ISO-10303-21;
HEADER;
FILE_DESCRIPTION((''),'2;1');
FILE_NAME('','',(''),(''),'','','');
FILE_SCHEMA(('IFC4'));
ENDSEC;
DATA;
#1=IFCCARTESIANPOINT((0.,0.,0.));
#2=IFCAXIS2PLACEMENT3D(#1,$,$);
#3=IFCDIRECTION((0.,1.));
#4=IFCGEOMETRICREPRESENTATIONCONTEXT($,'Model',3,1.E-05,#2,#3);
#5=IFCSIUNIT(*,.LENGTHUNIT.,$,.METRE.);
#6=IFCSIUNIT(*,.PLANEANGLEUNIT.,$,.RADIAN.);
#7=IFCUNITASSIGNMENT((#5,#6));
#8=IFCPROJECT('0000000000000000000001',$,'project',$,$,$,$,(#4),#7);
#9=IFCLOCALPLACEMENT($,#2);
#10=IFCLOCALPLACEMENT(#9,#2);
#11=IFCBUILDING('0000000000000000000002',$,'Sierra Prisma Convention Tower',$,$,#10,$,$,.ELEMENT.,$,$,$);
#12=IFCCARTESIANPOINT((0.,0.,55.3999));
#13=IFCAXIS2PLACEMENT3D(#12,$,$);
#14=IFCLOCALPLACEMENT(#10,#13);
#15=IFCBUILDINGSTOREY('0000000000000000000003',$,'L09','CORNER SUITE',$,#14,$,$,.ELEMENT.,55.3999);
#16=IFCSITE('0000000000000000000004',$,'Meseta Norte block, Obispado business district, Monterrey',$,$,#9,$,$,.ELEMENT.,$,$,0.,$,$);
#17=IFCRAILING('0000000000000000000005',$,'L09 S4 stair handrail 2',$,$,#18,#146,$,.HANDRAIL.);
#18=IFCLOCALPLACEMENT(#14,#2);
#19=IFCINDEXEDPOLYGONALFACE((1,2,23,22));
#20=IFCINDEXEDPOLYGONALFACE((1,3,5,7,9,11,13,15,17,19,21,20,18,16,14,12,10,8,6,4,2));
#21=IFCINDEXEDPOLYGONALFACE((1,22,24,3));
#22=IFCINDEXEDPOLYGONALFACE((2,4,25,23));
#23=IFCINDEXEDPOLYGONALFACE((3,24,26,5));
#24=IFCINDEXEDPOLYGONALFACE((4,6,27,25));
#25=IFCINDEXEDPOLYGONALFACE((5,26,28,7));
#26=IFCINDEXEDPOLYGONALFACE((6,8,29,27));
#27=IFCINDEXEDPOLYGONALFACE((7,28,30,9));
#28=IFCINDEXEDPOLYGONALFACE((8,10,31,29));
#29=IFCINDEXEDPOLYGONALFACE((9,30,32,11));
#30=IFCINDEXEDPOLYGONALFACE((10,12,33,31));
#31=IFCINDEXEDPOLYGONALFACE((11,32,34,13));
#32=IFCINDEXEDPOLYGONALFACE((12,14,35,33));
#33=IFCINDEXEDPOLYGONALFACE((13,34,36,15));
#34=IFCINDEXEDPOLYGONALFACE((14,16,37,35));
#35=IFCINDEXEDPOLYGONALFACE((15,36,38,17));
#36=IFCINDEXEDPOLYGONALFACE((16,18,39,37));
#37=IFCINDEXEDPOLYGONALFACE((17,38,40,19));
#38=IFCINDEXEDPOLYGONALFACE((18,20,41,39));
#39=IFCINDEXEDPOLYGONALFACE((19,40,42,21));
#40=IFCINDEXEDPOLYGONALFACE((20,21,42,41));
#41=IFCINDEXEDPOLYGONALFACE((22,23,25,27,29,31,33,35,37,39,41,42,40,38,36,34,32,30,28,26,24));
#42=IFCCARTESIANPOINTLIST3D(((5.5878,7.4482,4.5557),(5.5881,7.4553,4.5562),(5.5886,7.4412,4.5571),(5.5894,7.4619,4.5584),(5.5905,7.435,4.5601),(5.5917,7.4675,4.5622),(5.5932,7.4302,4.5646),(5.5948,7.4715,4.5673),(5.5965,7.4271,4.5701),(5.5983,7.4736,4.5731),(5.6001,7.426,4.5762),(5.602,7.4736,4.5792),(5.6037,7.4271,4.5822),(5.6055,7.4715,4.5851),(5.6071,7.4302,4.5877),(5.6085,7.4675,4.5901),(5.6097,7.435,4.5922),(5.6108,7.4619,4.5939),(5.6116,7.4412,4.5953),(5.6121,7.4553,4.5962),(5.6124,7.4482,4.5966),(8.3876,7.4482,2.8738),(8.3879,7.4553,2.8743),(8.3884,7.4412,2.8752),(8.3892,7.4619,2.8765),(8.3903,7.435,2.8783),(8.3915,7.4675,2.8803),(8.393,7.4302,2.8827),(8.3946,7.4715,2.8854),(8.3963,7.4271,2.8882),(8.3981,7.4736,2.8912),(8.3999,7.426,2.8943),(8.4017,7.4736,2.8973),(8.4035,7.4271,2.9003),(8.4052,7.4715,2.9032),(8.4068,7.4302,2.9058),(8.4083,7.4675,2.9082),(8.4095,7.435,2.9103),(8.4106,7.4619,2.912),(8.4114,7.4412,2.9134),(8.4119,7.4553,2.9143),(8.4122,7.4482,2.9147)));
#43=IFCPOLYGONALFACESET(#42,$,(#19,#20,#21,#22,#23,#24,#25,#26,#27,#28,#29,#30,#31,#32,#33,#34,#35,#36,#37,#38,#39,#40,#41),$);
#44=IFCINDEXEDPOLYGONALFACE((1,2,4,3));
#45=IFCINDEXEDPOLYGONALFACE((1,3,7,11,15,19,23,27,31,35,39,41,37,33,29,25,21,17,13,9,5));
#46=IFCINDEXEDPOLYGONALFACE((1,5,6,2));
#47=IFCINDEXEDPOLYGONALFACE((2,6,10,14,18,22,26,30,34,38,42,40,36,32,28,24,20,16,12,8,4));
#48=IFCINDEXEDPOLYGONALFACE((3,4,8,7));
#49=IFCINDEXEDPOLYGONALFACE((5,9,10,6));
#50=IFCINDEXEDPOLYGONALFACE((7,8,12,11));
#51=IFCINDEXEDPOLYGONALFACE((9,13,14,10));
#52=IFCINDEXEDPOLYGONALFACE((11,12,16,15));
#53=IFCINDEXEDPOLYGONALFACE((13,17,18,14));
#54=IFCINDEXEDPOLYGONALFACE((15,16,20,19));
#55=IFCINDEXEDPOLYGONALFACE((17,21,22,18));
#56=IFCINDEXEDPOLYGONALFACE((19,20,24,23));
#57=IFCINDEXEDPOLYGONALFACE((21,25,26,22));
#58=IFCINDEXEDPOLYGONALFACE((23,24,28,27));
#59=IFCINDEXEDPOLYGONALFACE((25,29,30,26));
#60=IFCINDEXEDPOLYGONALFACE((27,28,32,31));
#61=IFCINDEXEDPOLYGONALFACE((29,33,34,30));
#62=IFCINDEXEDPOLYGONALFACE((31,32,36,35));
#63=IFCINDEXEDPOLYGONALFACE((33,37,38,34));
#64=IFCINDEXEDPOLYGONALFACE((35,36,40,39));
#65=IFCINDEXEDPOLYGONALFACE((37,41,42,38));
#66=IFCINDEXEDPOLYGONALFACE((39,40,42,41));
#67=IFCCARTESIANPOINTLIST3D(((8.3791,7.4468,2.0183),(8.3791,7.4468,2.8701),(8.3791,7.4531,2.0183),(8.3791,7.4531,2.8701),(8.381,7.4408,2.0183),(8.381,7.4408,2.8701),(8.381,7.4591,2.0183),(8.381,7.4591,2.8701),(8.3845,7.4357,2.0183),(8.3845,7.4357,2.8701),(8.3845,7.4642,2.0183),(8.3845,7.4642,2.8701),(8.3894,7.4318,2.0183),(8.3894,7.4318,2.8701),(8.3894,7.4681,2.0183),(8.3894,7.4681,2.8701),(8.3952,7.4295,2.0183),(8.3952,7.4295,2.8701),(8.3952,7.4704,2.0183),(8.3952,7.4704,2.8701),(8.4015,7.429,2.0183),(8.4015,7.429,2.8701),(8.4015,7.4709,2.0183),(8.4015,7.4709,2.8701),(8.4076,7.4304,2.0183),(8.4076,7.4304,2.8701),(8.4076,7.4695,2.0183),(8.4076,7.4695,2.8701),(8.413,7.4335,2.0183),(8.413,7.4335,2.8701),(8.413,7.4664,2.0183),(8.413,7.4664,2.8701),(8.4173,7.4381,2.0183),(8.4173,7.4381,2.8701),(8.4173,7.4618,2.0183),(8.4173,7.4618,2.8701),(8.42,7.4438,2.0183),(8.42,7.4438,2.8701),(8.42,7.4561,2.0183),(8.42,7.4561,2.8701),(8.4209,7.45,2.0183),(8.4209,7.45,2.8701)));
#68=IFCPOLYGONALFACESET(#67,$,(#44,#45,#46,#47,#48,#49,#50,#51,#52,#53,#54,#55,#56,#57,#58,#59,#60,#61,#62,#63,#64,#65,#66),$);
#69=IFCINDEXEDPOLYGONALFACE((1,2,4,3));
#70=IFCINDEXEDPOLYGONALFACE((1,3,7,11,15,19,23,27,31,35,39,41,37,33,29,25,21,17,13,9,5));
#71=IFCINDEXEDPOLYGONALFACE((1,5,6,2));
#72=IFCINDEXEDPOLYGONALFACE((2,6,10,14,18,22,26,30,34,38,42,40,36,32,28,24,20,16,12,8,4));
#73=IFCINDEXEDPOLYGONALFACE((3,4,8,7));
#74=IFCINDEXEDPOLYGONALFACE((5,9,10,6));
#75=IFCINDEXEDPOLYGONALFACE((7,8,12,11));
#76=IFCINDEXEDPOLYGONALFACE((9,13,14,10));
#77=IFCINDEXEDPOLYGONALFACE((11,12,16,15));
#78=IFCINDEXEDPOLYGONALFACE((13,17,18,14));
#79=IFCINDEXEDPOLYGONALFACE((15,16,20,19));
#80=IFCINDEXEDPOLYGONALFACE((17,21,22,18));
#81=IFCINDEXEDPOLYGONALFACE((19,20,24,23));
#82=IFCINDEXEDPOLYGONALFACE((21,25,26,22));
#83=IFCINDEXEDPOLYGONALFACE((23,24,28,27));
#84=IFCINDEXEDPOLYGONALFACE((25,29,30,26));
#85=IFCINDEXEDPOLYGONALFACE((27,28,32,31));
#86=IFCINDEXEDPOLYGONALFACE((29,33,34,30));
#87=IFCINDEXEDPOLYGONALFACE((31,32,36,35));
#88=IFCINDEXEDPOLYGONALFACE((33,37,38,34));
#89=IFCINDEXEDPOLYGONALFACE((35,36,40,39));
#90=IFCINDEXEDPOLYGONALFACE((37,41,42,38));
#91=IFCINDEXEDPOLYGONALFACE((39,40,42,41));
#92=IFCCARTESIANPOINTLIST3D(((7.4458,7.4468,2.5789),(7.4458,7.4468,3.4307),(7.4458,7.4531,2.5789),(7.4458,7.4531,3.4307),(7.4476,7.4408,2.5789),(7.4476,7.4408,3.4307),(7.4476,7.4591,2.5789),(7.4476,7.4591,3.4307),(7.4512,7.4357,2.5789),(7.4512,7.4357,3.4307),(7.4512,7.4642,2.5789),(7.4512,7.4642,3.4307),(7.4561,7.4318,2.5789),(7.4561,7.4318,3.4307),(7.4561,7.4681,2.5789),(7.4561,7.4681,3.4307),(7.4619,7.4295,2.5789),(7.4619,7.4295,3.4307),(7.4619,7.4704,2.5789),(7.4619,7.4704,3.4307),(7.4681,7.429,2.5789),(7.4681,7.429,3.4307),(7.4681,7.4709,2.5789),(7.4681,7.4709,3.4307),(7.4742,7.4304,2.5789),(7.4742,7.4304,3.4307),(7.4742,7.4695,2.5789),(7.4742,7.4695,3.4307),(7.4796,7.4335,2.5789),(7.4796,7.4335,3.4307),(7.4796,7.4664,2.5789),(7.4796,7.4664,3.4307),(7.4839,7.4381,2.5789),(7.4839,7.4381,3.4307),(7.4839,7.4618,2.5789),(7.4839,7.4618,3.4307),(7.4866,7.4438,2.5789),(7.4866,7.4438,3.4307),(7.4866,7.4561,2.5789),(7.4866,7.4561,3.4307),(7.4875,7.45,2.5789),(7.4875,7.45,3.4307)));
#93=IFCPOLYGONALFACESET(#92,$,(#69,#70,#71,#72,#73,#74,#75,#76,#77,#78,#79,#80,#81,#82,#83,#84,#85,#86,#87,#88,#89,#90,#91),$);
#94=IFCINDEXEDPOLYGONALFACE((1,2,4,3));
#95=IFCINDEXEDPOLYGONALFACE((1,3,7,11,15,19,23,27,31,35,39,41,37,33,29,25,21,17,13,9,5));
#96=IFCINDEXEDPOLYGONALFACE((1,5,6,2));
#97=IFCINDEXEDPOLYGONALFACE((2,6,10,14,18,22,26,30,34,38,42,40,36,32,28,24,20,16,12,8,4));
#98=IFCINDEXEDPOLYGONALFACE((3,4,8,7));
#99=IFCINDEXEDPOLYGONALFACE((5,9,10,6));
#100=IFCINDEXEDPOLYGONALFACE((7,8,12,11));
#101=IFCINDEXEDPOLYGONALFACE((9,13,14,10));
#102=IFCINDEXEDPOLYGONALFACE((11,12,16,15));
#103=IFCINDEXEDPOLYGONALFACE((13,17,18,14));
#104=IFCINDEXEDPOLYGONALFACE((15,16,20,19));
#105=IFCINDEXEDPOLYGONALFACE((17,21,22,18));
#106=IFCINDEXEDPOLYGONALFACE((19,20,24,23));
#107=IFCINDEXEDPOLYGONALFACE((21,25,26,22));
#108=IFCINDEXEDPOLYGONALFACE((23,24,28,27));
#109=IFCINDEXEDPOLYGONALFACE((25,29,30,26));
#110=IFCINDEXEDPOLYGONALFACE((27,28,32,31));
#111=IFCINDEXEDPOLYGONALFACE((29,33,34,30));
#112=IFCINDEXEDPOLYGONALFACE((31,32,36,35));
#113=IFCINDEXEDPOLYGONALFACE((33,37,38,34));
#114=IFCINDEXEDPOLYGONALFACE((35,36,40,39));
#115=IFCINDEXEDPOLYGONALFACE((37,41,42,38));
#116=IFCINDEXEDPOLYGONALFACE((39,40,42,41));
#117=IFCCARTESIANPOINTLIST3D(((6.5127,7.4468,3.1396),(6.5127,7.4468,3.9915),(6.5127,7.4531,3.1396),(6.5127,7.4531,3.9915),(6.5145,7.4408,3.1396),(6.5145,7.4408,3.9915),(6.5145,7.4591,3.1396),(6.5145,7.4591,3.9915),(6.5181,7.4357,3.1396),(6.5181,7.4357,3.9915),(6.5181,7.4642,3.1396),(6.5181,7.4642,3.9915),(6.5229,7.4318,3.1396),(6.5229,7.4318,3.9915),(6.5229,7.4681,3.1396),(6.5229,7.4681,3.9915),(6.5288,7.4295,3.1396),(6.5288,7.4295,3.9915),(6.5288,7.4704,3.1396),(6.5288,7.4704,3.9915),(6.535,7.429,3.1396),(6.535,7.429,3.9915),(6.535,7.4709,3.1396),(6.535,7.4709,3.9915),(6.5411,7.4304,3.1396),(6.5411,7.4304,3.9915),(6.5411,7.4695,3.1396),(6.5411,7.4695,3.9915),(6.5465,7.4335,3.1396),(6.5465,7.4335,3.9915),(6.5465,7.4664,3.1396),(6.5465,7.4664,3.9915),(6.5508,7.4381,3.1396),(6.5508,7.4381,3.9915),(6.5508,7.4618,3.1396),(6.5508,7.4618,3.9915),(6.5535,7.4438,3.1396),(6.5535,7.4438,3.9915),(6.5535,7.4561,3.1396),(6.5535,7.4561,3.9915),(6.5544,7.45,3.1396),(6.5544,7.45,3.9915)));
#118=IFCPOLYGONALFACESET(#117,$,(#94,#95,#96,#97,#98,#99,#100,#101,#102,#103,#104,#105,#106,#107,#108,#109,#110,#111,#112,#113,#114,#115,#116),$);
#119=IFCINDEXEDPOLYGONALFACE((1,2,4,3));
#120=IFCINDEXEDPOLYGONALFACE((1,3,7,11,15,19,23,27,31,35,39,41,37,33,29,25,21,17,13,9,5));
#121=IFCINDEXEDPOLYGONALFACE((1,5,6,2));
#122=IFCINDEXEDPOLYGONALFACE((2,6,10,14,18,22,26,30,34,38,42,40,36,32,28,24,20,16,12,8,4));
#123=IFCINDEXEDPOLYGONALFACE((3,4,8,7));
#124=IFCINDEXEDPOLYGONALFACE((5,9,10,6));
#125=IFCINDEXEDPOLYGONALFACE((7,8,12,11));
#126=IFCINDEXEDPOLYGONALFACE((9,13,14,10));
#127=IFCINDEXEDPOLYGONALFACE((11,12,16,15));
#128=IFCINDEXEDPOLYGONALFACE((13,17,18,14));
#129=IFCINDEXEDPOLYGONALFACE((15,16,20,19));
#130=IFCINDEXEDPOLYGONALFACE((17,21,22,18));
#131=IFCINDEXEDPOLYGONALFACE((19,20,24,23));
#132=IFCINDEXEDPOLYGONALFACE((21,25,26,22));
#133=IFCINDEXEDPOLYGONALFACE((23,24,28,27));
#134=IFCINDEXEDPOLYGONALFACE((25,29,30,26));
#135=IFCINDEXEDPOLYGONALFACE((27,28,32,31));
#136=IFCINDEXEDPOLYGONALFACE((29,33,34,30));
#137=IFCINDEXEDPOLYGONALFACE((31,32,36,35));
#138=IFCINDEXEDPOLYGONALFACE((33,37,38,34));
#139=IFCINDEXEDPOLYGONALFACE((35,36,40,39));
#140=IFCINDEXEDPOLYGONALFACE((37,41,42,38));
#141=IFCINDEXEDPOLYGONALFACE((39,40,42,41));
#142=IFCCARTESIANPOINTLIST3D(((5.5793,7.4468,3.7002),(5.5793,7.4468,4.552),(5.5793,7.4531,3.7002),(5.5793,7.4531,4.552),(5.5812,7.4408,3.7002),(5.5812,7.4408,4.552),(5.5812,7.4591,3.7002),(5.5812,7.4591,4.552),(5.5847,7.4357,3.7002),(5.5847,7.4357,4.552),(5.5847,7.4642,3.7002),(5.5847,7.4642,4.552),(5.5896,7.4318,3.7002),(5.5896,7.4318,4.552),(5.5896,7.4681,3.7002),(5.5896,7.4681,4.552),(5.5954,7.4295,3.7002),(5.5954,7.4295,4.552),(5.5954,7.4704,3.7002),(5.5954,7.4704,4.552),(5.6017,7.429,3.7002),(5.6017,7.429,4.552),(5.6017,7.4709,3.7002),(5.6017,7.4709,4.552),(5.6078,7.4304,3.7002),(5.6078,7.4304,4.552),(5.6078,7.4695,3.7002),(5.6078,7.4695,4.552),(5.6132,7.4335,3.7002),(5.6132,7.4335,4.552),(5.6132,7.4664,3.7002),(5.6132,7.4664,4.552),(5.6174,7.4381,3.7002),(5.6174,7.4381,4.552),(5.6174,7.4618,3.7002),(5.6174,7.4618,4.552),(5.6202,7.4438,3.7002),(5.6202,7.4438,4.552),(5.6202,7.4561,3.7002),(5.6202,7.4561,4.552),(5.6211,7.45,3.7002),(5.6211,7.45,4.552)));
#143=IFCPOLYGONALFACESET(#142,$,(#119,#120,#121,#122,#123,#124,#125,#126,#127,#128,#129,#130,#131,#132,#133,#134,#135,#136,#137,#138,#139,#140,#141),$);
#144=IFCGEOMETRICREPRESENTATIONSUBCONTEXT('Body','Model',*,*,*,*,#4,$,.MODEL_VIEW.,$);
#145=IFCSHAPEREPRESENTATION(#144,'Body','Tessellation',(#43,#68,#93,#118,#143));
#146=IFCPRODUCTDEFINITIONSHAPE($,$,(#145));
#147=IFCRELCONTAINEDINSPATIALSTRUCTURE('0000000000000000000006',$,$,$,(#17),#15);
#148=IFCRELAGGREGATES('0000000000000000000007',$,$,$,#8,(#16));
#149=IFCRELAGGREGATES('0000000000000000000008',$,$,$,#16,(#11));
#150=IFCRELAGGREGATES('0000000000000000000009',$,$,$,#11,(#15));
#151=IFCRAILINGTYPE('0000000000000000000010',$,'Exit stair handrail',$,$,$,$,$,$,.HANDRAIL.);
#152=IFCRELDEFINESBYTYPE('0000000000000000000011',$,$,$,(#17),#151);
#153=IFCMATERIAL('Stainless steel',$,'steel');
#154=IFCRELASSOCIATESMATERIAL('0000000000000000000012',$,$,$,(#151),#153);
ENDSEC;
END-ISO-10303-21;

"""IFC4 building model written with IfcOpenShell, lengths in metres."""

from ifc_helpers import new_model, si_unit, direction, frame, origin, origin_2d, place, context, subcontext, project, spatial, circle, extrude, material, type_object, element, save


model = new_model("IFC4")

# Units and contexts
model_context = context("Model", 3, precision=1e-05, world=origin(), true_north=direction((0.0, 1.0)))
body_context = subcontext(model_context, "Body", "Model", "MODEL_VIEW")
ifc_project = project(units=[si_unit("LENGTHUNIT", "METRE"), si_unit("PLANEANGLEUNIT", "RADIAN")], contexts=[model_context])

# Site, building, storey
site_placement = place(None, origin())
site = spatial("IfcSite", under=ifc_project, at=site_placement, Name="Meseta Norte block, Obispado business district, Monterrey", CompositionType="ELEMENT", RefElevation=0.0)
building_placement = place(site_placement, origin())
building = spatial("IfcBuilding", under=site, at=building_placement, Name="Sierra Prisma Convention Tower", CompositionType="ELEMENT")
storey_placement = place(building_placement, frame((0.0, 0.0, 55.3999)))
storey = spatial("IfcBuildingStorey", under=building, at=storey_placement, Name="L09", Description="CORNER SUITE", CompositionType="ELEMENT", Elevation=55.3999)

# Railing
ifc_material_1 = material(Name="Stainless steel", Category="steel")
railing_type_1 = type_object("IfcRailingType", Name="Exit stair handrail", PredefinedType="HANDRAIL", material=ifc_material_1)
railing_1_placement = place(storey_placement, frame((8.3999, 7.45, 2.0183)))
element("IfcRailing", 1, at=railing_1_placement, inside=storey, type_object=railing_type_1, Name="L09 S4 stair handrail 2", PredefinedType="HANDRAIL", context=body_context, shape_type="SweptSolid", body=[
    extrude(circle(Radius=0.0239, at=origin_2d()), frame((0.0, 0.0, 0.876), z_axis=(-0.857222, 0.0, 0.514946), x_axis=(0.0, -1.0, 0.0)), (0.0, 0.0, 1.0), 3.2661),
    extrude(circle(Radius=0.021, at=origin_2d()), origin(), (0.0, 0.0, 1.0), 0.8518),
    extrude(circle(Radius=0.021, at=origin_2d()), frame((-0.9333, 0.0, 0.5605)), (0.0, 0.0, 1.0), 0.8518),
    extrude(circle(Radius=0.021, at=origin_2d()), frame((-1.8665, 0.0, 1.1213)), (0.0, 0.0, 1.0), 0.8518),
    extrude(circle(Radius=0.021, at=origin_2d()), frame((-2.7998, 0.0, 1.6819)), (0.0, 0.0, 1.0), 0.8518),
])

save(model, "model.ifc")
